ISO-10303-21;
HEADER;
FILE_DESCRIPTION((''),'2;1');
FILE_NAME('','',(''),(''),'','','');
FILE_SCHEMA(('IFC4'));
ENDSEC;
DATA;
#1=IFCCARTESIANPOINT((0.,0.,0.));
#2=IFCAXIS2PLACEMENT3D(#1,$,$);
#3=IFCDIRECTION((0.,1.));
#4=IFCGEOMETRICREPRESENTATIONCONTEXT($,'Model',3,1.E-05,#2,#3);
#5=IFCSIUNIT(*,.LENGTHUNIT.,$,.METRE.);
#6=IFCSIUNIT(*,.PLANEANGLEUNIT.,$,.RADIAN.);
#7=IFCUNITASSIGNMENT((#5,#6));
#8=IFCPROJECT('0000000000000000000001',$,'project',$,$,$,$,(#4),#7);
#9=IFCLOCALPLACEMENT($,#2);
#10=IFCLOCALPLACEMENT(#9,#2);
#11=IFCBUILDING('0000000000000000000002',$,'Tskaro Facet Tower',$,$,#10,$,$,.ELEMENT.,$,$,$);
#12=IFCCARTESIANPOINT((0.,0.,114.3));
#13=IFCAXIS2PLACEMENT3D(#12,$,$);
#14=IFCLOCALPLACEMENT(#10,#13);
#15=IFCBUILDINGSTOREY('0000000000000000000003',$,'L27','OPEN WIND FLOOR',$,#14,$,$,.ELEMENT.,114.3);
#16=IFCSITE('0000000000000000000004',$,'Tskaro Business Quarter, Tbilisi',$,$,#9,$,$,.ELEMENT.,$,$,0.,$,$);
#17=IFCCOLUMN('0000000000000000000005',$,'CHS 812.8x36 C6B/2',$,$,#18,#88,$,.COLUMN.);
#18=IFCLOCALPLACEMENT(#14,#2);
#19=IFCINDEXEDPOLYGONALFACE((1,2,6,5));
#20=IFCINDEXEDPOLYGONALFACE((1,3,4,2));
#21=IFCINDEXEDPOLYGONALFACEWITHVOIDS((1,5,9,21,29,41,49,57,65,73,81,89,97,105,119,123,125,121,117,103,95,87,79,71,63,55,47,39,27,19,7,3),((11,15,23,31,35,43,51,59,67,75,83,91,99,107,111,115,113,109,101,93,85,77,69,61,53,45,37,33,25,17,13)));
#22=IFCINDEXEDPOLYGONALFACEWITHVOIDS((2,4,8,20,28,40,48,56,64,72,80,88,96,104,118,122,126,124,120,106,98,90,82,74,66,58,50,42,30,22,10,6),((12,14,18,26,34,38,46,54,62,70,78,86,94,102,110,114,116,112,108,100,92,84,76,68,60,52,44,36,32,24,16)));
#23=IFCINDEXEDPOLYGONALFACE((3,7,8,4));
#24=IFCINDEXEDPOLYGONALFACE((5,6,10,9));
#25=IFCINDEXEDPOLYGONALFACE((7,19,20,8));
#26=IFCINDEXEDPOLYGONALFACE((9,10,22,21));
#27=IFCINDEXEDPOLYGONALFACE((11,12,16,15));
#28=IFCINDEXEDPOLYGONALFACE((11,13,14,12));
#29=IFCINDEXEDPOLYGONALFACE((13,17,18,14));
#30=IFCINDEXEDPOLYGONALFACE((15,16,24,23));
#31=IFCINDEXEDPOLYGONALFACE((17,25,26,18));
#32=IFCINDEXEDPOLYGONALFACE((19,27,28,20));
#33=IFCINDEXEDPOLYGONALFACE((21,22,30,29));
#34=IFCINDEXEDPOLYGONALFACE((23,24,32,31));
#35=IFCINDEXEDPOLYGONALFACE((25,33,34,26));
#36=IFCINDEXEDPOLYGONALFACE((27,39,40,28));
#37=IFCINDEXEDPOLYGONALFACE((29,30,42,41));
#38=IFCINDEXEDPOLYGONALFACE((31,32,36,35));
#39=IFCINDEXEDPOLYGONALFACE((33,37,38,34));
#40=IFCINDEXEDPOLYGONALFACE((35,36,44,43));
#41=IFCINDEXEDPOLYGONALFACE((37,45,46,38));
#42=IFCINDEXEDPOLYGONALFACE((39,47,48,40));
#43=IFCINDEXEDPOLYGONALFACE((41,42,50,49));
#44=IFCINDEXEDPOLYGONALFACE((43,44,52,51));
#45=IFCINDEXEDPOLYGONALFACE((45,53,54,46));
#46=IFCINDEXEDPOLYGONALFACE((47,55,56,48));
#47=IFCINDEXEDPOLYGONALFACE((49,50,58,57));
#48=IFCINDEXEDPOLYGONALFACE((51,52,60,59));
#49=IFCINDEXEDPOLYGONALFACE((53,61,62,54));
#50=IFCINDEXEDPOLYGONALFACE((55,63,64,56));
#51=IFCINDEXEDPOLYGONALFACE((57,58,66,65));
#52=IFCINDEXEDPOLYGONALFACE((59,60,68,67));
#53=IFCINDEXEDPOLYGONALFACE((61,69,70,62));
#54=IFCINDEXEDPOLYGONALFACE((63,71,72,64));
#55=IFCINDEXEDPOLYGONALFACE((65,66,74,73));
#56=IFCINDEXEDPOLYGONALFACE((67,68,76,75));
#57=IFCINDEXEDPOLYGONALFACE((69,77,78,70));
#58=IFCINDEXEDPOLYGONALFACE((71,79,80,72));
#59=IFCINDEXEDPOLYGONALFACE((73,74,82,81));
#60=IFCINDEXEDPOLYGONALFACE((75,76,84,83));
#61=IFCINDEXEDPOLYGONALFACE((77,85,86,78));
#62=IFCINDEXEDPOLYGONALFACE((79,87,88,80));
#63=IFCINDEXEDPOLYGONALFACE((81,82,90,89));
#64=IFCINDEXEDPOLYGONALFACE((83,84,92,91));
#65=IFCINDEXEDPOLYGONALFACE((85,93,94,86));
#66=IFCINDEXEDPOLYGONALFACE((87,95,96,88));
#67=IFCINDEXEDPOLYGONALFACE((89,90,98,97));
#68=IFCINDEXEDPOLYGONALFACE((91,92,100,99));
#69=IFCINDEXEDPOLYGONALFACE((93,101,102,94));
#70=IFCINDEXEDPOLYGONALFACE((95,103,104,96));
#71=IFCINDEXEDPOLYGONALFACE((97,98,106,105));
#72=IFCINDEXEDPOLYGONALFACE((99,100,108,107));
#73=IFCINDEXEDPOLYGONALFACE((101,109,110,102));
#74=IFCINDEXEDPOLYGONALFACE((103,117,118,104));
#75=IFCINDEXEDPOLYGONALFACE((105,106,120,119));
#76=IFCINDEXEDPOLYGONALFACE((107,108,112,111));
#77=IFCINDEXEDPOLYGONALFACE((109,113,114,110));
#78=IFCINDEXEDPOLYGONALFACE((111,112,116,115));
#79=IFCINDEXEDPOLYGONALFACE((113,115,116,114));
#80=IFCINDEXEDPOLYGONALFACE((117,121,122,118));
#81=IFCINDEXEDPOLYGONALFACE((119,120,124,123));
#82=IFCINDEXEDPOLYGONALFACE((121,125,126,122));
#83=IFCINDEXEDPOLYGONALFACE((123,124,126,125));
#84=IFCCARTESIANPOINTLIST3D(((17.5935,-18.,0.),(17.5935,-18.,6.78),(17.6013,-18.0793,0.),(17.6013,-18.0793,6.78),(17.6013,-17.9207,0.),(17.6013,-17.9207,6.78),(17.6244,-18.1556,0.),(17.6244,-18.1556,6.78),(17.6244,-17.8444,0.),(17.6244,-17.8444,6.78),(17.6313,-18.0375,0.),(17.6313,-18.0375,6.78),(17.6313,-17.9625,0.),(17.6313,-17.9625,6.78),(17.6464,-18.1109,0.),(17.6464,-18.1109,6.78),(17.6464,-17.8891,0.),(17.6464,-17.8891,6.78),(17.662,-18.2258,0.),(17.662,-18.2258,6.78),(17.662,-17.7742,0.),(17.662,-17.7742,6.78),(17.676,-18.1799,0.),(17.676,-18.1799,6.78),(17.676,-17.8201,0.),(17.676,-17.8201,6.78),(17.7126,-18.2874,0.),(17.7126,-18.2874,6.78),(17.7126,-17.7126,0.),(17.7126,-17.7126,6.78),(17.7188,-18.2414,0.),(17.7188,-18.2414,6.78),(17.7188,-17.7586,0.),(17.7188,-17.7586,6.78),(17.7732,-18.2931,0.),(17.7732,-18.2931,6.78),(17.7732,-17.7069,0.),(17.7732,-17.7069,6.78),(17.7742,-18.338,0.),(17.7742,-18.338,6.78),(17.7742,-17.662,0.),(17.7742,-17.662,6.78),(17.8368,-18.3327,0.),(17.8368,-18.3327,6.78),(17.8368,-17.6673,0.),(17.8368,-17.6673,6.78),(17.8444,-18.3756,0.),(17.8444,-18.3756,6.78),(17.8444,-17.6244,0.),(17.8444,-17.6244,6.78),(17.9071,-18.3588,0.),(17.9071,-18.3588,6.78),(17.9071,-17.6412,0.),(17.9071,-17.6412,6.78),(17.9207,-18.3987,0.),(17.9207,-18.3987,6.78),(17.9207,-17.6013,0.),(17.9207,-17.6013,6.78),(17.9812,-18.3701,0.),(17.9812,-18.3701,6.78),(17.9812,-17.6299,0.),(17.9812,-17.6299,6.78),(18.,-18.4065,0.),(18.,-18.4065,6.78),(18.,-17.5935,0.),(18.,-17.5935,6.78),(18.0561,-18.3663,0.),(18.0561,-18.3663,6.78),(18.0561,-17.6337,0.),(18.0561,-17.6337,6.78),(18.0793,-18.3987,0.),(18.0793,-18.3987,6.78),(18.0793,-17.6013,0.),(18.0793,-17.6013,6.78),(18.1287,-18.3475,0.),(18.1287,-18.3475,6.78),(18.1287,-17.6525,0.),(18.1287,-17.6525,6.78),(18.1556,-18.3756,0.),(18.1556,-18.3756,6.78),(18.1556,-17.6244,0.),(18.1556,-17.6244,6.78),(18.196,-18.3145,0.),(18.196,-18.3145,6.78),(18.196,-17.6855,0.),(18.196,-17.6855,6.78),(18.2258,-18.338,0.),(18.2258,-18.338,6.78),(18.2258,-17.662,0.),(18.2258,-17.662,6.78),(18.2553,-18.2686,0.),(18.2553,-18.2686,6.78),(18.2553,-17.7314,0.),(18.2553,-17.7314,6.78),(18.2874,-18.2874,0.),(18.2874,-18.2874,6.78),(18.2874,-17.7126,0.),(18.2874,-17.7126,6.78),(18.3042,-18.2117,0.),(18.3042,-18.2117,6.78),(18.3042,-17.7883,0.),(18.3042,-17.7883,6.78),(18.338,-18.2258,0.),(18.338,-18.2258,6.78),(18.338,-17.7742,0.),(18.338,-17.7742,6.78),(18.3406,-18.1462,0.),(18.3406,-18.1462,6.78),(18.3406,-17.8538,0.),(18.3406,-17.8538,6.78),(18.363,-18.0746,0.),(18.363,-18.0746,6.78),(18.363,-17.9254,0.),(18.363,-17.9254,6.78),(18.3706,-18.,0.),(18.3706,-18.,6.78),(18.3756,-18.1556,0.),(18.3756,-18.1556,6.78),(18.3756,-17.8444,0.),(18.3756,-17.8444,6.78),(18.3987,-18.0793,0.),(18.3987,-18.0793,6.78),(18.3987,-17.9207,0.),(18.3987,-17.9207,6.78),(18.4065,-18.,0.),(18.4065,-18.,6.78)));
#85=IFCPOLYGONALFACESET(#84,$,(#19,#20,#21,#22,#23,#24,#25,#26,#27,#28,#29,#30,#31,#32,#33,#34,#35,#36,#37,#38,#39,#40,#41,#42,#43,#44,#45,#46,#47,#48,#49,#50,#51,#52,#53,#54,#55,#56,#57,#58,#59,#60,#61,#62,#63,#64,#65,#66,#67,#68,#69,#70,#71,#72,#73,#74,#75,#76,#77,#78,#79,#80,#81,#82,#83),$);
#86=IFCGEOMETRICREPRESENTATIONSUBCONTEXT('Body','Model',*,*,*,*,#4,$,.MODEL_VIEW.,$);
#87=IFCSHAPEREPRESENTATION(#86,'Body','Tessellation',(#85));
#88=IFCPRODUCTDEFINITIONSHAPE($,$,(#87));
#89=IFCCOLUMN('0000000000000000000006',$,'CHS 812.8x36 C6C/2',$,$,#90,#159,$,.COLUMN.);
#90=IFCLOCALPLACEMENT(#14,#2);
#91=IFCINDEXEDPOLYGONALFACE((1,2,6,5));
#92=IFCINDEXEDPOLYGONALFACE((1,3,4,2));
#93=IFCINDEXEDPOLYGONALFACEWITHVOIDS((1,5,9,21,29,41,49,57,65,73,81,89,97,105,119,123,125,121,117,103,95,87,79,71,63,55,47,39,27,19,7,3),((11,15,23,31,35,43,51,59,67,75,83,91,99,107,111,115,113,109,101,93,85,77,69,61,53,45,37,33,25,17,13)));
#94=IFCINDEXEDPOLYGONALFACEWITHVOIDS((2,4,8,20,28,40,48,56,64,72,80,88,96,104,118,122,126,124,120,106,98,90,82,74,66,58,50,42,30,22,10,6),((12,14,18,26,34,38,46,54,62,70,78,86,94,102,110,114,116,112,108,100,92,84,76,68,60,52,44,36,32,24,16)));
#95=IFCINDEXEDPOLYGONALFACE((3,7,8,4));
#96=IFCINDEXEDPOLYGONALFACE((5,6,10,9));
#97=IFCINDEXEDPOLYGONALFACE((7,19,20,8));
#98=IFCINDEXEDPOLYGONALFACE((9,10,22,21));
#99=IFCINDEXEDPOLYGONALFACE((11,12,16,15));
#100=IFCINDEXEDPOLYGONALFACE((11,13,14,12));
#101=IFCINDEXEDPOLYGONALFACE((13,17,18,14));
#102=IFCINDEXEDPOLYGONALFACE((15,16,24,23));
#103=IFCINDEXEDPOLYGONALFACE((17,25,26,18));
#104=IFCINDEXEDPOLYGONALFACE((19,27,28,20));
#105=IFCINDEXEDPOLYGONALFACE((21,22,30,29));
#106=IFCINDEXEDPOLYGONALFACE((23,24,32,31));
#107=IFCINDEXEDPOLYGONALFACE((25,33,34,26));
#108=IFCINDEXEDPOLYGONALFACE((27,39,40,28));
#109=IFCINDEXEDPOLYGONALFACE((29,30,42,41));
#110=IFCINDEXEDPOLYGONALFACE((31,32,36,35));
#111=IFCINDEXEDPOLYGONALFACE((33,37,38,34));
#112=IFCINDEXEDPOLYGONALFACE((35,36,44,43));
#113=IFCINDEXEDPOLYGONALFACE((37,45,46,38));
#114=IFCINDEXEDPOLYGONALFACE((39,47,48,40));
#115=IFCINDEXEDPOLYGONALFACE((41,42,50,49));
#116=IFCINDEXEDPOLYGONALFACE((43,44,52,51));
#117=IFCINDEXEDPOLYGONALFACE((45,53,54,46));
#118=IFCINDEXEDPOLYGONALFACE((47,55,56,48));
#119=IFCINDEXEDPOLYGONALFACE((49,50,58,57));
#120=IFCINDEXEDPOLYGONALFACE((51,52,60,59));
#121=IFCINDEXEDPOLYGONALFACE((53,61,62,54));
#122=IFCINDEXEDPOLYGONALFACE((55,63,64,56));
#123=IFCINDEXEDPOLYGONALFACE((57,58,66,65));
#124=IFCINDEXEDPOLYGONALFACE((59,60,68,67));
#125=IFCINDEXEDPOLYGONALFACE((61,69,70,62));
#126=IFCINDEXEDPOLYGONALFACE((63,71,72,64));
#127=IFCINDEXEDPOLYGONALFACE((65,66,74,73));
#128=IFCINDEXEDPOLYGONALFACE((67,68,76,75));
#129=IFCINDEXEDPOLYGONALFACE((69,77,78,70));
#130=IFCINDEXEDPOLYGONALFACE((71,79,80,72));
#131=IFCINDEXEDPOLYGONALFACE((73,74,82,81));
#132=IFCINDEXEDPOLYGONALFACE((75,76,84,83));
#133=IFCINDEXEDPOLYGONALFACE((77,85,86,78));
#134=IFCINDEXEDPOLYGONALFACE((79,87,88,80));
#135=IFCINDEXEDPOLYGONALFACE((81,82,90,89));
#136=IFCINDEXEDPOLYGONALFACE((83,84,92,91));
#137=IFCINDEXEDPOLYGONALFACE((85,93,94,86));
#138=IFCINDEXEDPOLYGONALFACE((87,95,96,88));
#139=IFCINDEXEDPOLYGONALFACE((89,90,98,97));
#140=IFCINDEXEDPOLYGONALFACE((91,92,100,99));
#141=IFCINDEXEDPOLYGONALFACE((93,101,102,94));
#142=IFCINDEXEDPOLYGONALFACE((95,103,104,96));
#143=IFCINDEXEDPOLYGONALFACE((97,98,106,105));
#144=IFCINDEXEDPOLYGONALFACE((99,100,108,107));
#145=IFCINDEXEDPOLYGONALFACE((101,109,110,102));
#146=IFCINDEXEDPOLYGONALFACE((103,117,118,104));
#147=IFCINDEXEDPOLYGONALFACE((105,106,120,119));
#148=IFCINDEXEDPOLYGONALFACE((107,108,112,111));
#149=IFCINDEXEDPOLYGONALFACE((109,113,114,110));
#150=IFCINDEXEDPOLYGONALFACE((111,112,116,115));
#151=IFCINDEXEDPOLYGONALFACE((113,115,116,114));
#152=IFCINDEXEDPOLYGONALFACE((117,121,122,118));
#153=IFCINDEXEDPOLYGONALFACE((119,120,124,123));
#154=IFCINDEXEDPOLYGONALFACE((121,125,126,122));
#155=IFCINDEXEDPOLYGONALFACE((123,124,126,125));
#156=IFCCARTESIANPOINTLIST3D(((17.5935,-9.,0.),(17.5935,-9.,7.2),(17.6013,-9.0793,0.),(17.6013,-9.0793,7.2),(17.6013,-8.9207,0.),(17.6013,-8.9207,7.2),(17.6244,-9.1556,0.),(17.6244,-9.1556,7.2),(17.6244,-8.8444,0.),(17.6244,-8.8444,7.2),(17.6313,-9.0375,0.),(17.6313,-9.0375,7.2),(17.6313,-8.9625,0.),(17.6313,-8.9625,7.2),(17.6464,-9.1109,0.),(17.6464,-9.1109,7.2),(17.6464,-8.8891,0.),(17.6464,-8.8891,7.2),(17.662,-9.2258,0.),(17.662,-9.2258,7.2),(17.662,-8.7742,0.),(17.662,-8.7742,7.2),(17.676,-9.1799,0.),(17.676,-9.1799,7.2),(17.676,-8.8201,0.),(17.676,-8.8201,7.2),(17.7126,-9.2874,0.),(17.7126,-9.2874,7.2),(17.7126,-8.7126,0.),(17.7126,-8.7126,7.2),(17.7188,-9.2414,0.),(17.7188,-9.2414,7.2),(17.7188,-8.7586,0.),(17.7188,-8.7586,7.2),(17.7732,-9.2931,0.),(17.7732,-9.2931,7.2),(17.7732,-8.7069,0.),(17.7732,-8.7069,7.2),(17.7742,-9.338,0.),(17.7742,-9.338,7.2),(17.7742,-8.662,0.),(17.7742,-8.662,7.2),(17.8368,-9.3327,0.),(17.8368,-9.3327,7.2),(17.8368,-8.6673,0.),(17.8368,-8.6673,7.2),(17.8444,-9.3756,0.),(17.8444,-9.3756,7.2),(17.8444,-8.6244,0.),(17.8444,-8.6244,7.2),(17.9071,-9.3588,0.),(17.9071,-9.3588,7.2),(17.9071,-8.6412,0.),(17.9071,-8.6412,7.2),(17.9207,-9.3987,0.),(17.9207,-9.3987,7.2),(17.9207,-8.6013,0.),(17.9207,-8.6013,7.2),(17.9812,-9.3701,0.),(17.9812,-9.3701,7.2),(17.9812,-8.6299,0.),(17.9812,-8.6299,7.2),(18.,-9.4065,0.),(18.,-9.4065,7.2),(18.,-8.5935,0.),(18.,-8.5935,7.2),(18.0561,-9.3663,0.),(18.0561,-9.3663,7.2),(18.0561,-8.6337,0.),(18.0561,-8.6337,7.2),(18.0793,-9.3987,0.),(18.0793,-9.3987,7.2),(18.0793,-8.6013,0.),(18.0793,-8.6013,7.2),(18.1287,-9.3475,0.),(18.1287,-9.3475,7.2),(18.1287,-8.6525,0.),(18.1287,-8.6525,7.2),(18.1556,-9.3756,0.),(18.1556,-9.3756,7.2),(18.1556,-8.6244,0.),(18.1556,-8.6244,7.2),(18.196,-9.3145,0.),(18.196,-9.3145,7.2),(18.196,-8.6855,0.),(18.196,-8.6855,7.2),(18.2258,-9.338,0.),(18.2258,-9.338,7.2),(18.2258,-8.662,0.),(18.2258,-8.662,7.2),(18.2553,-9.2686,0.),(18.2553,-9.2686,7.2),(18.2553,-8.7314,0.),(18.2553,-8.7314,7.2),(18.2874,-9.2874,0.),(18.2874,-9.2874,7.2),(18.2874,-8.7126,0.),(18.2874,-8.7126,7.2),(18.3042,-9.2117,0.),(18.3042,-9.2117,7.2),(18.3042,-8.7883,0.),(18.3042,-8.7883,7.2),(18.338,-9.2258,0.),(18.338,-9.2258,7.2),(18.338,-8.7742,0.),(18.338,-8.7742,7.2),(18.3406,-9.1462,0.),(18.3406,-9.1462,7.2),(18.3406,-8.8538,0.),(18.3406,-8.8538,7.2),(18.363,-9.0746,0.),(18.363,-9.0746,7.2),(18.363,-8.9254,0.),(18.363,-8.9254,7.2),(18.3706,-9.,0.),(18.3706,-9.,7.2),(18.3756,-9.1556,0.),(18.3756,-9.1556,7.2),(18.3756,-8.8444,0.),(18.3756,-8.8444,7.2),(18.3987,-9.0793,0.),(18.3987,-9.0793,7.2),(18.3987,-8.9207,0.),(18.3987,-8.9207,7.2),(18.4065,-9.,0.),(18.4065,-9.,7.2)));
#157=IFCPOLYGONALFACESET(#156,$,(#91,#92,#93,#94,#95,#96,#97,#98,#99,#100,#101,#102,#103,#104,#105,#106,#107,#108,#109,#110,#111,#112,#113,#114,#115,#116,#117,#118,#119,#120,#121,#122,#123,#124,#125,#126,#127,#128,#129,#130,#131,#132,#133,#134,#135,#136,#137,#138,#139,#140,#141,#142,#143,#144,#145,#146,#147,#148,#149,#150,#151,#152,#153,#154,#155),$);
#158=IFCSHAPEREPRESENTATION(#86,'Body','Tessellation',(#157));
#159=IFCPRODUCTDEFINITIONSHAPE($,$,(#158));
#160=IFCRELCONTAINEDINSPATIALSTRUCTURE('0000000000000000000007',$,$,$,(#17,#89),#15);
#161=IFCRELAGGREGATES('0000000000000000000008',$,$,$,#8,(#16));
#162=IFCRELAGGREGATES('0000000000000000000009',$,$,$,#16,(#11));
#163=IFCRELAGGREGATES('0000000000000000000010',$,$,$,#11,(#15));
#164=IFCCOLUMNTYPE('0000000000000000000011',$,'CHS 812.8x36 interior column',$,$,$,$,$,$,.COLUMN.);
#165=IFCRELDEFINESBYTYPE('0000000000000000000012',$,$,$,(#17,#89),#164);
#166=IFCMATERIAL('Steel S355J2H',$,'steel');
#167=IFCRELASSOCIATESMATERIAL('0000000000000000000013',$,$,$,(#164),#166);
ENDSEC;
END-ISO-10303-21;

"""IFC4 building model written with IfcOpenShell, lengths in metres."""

from ifc_helpers import new_model, si_unit, direction, frame, origin, origin_2d, place, context, subcontext, project, spatial, hollow_circle, extrude, material, material_profile, profile_set, type_object, element, save


model = new_model("IFC4")

# Units and contexts
model_context = context("Model", 3, precision=1e-05, world=origin(), true_north=direction((0.0, 1.0)))
body_context = subcontext(model_context, "Body", "Model", "MODEL_VIEW")
ifc_project = project(units=[si_unit("LENGTHUNIT", "METRE"), si_unit("PLANEANGLEUNIT", "RADIAN")], contexts=[model_context])

# Site, building, storey
site_placement = place(None, origin())
site = spatial("IfcSite", under=ifc_project, at=site_placement, Name="Tskaro Business Quarter, Tbilisi", CompositionType="ELEMENT", RefElevation=0.0)
building_placement = place(site_placement, origin())
building = spatial("IfcBuilding", under=site, at=building_placement, Name="Tskaro Facet Tower", CompositionType="ELEMENT")
storey_placement = place(building_placement, frame((0.0, 0.0, 114.3)))
storey = spatial("IfcBuildingStorey", under=building, at=storey_placement, Name="L27", Description="OPEN WIND FLOOR", CompositionType="ELEMENT", Elevation=114.3)

# Columns
ifc_material_1 = material(Name="Steel S355J2H", Category="steel")
ifc_material_profile_1 = material_profile(ifc_material_1, hollow_circle(Radius=0.4065, WallThickness=0.0359, at=origin_2d()), Name="CHS 812.8x36")
ifc_profile_set_1 = profile_set([ifc_material_profile_1], Name="Steel S355J2H")
column_type_1 = type_object("IfcColumnType", Name="CHS 812.8x36 interior column", PredefinedType="COLUMN", material=ifc_profile_set_1)
column_1_placement = place(storey_placement, frame((18.0, -18.0, 0.0), z_axis=(0.0, 0.0, 1.0), x_axis=(1.0, 0.0, 0.0)))
element("IfcColumn", 1, at=column_1_placement, inside=storey, type_object=column_type_1, Name="CHS 812.8x36 C6B/2", PredefinedType="COLUMN", context=body_context, shape_type="SweptSolid", body=[
    extrude(hollow_circle(Radius=0.4065, WallThickness=0.0359, at=origin_2d()), origin(), (0.0, 0.0, 1.0), 6.78),
])
column_2_placement = place(storey_placement, frame((18.0, -9.0, 0.0), z_axis=(0.0, 0.0, 1.0), x_axis=(1.0, 0.0, 0.0)))
element("IfcColumn", 2, at=column_2_placement, inside=storey, type_object=column_type_1, Name="CHS 812.8x36 C6C/2", PredefinedType="COLUMN", context=body_context, shape_type="SweptSolid", body=[
    extrude(hollow_circle(Radius=0.4065, WallThickness=0.0359, at=origin_2d()), origin(), (0.0, 0.0, 1.0), 7.2),
])

save(model, "model.ifc")
